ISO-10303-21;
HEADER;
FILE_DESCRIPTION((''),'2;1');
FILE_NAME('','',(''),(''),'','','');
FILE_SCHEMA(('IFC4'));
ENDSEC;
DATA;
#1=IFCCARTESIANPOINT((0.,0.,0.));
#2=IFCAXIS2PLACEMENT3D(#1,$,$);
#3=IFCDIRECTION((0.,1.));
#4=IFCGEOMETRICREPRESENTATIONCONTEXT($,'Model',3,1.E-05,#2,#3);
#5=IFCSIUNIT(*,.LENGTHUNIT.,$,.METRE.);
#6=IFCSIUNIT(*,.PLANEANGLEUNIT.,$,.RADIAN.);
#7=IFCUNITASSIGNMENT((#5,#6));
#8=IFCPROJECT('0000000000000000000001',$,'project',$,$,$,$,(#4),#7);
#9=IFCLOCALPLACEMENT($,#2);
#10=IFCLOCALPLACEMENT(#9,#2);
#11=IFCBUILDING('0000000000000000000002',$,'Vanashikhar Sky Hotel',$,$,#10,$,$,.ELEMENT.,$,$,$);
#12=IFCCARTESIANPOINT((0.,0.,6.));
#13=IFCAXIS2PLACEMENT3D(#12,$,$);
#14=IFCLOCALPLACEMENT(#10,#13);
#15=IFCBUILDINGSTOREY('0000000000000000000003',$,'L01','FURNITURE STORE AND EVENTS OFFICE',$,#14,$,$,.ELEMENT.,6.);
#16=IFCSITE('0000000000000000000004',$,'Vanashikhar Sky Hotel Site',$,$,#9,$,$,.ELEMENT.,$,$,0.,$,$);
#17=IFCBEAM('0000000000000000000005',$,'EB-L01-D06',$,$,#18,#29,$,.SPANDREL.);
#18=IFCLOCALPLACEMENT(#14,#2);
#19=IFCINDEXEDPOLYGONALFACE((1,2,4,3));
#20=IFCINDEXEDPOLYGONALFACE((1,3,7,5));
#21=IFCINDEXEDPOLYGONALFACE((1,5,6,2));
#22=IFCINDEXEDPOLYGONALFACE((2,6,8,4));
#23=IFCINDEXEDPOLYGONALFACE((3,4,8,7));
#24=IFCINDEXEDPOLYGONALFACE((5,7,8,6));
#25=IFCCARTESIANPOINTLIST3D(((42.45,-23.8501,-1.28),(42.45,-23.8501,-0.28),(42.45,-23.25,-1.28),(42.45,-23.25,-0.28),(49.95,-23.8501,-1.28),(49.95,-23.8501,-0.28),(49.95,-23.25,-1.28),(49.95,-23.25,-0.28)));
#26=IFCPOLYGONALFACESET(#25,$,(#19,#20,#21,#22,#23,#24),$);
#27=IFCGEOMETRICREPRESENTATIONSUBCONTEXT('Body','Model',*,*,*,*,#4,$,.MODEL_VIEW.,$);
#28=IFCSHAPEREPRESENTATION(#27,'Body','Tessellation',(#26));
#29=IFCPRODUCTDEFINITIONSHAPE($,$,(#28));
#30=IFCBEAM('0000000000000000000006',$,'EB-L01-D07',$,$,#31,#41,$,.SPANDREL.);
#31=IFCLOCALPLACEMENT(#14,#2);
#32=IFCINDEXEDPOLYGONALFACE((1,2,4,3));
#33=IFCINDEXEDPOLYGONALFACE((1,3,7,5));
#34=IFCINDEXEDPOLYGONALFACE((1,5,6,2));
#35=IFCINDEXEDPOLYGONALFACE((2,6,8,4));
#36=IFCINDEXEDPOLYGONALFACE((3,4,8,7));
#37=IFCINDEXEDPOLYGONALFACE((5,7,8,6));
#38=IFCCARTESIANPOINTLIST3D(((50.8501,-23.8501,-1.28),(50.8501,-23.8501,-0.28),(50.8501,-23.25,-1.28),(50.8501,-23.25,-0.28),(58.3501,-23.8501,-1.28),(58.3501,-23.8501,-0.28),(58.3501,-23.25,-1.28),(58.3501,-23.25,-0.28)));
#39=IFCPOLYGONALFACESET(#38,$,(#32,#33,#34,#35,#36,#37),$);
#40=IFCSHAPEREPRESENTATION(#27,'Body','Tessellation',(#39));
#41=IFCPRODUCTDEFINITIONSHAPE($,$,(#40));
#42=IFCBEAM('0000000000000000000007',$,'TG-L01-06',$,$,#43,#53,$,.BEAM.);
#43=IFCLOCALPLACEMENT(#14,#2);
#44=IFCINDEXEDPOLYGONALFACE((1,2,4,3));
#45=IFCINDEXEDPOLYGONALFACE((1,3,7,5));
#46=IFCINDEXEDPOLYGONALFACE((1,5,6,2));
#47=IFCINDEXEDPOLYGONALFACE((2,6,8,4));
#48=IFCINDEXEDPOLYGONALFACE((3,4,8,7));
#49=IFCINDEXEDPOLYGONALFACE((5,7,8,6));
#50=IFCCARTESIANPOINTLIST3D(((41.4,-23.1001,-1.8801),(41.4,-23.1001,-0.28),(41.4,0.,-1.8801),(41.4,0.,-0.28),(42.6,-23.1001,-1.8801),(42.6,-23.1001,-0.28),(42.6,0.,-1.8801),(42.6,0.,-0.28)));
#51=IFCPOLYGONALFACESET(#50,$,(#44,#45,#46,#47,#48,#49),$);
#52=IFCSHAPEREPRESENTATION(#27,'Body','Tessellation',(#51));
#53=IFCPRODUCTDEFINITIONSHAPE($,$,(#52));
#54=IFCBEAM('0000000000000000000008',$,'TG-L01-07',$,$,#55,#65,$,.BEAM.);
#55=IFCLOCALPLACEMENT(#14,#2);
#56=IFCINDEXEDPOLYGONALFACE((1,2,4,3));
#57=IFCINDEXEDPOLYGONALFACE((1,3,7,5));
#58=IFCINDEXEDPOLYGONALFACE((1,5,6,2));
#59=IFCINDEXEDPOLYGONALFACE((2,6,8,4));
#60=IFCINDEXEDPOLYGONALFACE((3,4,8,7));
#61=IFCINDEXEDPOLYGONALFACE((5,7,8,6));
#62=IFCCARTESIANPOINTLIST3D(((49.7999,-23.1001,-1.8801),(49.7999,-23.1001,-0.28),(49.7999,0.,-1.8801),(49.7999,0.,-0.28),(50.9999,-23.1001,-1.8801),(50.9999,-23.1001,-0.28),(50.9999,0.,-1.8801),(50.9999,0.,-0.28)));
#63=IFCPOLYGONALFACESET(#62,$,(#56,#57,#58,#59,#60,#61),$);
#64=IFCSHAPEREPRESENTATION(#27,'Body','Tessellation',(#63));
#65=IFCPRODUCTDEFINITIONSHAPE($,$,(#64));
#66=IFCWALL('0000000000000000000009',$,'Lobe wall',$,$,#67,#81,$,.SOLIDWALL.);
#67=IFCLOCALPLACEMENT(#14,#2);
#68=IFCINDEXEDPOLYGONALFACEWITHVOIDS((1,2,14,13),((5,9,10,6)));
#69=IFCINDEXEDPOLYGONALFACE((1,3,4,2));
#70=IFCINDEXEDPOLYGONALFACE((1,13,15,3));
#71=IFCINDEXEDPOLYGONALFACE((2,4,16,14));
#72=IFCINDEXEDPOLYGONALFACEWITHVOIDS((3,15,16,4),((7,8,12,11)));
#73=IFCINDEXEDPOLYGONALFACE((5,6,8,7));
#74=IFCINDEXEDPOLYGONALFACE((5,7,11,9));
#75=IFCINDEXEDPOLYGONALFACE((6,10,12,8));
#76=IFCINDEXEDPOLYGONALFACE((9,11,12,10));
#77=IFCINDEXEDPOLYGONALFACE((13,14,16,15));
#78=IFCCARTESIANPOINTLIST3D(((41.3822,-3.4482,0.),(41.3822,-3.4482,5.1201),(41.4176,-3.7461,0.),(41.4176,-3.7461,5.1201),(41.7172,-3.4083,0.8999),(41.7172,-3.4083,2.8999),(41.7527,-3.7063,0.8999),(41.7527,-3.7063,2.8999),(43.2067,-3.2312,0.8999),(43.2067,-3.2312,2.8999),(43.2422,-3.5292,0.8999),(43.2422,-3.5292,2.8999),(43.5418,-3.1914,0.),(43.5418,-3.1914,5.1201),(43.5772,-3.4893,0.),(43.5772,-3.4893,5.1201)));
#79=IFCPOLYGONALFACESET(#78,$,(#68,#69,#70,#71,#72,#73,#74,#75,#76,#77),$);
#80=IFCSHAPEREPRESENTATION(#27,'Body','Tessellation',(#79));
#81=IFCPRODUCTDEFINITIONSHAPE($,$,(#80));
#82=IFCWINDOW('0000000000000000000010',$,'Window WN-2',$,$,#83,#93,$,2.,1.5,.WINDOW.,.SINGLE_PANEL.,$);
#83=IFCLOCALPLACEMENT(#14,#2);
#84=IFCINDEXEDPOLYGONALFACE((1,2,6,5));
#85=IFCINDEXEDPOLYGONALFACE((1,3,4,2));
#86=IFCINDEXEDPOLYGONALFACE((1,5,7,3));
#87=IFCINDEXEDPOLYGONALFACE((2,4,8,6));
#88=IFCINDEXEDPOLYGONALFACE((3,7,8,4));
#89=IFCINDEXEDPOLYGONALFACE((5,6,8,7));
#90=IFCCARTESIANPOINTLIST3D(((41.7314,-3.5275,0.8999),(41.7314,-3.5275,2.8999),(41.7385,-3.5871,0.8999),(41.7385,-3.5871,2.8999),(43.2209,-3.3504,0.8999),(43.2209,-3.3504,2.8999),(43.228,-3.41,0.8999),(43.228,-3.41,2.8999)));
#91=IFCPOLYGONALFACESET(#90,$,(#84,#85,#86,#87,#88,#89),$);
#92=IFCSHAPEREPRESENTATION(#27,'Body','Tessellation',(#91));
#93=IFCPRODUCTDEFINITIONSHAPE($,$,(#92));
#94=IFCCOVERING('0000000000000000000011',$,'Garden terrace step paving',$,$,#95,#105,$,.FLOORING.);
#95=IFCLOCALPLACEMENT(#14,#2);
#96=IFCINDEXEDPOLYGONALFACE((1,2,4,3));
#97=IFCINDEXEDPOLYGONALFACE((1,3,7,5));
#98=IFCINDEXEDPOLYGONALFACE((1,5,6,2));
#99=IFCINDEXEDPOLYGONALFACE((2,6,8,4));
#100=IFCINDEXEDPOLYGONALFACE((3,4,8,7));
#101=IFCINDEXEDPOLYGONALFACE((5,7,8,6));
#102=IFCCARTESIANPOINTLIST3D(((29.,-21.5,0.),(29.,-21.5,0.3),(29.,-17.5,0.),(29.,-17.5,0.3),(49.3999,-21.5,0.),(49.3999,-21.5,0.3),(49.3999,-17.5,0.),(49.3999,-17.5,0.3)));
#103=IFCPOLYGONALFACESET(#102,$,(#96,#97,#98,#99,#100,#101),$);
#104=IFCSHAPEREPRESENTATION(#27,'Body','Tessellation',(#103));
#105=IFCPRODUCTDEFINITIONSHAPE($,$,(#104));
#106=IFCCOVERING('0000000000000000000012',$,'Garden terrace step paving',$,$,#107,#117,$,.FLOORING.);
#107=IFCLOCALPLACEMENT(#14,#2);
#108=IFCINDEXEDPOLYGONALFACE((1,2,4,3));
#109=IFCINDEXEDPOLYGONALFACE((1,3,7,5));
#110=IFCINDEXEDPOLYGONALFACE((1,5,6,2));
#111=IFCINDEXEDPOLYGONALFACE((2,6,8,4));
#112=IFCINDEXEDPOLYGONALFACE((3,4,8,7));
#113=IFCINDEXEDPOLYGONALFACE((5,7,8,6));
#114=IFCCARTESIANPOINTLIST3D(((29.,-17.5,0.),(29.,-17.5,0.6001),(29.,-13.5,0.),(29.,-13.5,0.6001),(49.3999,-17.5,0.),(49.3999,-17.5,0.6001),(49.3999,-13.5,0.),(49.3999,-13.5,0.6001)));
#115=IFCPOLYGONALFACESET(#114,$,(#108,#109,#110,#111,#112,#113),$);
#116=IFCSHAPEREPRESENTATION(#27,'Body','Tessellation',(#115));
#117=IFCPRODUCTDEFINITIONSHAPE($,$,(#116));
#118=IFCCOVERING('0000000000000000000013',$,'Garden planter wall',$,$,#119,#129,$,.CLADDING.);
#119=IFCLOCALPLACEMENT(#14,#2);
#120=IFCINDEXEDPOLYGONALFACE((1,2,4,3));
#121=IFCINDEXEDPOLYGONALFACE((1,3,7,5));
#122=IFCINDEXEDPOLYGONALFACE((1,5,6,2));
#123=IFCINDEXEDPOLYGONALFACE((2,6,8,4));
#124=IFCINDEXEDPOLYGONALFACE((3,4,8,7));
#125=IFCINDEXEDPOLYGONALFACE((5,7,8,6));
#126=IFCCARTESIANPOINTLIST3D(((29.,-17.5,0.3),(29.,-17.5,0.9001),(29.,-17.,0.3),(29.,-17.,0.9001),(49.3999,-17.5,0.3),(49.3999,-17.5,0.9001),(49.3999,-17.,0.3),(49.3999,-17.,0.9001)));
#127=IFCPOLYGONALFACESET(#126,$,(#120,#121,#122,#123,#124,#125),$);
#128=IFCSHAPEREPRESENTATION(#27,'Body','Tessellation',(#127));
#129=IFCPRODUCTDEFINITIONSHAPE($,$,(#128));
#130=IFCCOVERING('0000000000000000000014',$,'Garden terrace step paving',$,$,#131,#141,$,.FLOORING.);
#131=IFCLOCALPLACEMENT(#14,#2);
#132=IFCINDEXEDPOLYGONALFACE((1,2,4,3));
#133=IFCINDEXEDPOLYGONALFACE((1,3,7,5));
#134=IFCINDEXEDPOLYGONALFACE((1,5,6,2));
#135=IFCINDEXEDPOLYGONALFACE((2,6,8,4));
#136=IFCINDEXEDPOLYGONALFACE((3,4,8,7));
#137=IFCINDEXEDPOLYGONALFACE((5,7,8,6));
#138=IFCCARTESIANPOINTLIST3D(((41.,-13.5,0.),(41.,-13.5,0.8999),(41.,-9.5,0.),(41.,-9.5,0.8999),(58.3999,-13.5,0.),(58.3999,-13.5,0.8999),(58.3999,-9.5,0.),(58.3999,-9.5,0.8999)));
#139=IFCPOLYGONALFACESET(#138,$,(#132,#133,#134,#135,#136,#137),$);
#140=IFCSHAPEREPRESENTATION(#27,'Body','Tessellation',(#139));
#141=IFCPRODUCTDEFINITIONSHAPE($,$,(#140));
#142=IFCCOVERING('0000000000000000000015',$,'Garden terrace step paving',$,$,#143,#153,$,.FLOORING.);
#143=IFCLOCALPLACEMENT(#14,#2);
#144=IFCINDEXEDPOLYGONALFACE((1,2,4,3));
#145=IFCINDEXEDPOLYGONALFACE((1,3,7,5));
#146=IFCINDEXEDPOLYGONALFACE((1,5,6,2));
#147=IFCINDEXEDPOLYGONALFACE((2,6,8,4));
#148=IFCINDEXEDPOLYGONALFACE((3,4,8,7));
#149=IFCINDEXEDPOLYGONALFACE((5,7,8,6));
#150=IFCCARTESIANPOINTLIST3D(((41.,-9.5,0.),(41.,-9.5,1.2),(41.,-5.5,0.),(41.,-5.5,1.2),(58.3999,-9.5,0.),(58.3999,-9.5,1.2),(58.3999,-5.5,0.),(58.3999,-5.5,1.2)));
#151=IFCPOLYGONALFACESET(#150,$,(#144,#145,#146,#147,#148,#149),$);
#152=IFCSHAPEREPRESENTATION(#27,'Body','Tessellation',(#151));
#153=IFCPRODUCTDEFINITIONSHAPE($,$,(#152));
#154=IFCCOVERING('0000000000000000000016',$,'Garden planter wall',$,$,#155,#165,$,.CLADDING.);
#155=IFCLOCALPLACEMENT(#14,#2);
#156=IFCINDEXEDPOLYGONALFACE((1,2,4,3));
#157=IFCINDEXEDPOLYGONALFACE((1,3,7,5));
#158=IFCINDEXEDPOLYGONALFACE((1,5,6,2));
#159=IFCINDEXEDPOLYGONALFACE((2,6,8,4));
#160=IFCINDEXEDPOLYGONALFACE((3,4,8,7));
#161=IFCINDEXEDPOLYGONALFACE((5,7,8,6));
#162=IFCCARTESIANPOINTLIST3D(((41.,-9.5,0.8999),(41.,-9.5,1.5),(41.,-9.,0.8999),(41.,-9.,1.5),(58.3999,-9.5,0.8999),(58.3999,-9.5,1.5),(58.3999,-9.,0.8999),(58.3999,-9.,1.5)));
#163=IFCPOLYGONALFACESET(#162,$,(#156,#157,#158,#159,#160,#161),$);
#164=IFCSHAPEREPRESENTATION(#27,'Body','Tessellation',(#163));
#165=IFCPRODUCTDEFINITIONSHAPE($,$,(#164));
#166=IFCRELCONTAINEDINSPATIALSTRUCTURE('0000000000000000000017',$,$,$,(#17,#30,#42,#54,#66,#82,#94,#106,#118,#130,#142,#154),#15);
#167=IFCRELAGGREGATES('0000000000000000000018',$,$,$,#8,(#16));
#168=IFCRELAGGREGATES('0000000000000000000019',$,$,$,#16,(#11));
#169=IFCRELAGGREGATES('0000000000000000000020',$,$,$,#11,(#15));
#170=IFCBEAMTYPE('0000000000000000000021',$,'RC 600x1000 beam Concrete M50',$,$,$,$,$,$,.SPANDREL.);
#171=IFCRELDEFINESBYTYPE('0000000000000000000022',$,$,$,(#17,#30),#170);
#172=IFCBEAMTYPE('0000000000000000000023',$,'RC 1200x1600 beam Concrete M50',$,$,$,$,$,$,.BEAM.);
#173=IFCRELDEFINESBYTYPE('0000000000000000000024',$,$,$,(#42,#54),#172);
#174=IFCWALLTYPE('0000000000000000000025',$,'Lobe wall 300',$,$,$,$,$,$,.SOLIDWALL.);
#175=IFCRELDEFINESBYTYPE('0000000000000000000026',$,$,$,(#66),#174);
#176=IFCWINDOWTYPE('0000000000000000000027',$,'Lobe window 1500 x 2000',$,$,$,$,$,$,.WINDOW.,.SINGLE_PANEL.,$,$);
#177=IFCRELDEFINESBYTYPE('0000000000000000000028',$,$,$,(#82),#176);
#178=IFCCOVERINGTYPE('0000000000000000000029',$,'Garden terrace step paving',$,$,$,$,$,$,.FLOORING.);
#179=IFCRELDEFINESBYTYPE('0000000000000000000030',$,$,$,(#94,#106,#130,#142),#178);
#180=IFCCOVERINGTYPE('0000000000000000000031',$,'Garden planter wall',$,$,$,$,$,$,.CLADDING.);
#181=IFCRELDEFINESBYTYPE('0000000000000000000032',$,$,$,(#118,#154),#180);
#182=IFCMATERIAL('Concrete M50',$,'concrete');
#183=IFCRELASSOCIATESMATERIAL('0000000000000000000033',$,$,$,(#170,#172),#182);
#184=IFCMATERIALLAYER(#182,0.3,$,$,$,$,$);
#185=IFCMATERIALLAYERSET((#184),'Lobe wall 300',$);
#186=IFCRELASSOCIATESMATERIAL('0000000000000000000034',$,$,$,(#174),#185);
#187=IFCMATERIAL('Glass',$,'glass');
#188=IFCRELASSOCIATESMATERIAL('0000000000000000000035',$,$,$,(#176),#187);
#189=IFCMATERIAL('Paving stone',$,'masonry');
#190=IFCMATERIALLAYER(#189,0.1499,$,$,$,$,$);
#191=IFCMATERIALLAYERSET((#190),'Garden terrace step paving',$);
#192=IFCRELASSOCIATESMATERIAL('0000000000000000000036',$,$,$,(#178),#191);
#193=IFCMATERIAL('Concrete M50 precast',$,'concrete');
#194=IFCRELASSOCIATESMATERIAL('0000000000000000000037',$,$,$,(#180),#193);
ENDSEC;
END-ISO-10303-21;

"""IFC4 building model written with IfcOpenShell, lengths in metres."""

from ifc_helpers import new_model, si_unit, direction, frame, frame_2d, origin, origin_2d, place, context, subcontext, project, spatial, rectangle, extrude, source, transform, mapped, material, layer, layer_set, material_profile, profile_set, type_object, element, fill, save


model = new_model("IFC4")

# Units and contexts
model_context = context("Model", 3, precision=1e-05, world=origin(), true_north=direction((0.0, 1.0)))
body_context = subcontext(model_context, "Body", "Model", "MODEL_VIEW")
ifc_project = project(units=[si_unit("LENGTHUNIT", "METRE"), si_unit("PLANEANGLEUNIT", "RADIAN")], contexts=[model_context])

# Site, building, storey
site_placement = place(None, origin())
site = spatial("IfcSite", under=ifc_project, at=site_placement, Name="Vanashikhar Sky Hotel Site", CompositionType="ELEMENT", RefElevation=0.0)
building_placement = place(site_placement, origin())
building = spatial("IfcBuilding", under=site, at=building_placement, Name="Vanashikhar Sky Hotel", CompositionType="ELEMENT")
storey_placement = place(building_placement, frame((0.0, 0.0, 6.0)))
storey = spatial("IfcBuildingStorey", under=building, at=storey_placement, Name="L01", Description="FURNITURE STORE AND EVENTS OFFICE", CompositionType="ELEMENT", Elevation=6.0)

# Beams
ifc_material_1 = material(Name="Concrete M50", Category="concrete")
ifc_material_profile_1 = material_profile(ifc_material_1, rectangle(XDim=0.6001, YDim=1.0, at=origin_2d()))
ifc_profile_set_1 = profile_set([ifc_material_profile_1], Name="RC 600x1000 beam Concrete M50")
beam_type_1 = type_object("IfcBeamType", Name="RC 600x1000 beam Concrete M50", PredefinedType="SPANDREL", material=ifc_profile_set_1)
shared_shape_1 = source(origin(), body_context, "Body", "SweptSolid", [
    extrude(rectangle(XDim=0.6001, YDim=1.0, at=origin_2d()), origin(), (0.0, 0.0, 1.0), 7.5),
])
for number, where, z_axis, x_axis, name in (
    (1, (42.45, -23.55, -0.78), (1.0, 0.0, 0.0), (0.0, 1.0, 0.0), "EB-L01-D06"),
    (2, (50.8501, -23.55, -0.78), (1.0, 0.0, 0.0), (0.0, 1.0, 0.0), "EB-L01-D07"),
):
    element("IfcBeam", number, at=place(storey_placement, frame(where, z_axis=z_axis, x_axis=x_axis)), inside=storey, type_object=beam_type_1, Name=name, PredefinedType="SPANDREL", context=body_context, shape_type="MappedRepresentation", body=[
        mapped(shared_shape_1, transform((0.0, 0.0, 0.0), scale=1.0)),
    ])
ifc_material_profile_2 = material_profile(ifc_material_1, rectangle(XDim=1.2, YDim=1.6001, at=origin_2d()))
ifc_profile_set_2 = profile_set([ifc_material_profile_2], Name="RC 1200x1600 beam Concrete M50")
beam_type_2 = type_object("IfcBeamType", Name="RC 1200x1600 beam Concrete M50", PredefinedType="BEAM", material=ifc_profile_set_2)
shared_shape_2 = source(origin(), body_context, "Body", "SweptSolid", [
    extrude(rectangle(XDim=1.2, YDim=1.6001, at=origin_2d()), origin(), (0.0, 0.0, 1.0), 23.1001),
])
for number, where, z_axis, x_axis, name in (
    (3, (42.0, -23.1001, -1.0801), (0.0, 1.0, 0.0), (-1.0, 0.0, 0.0), "TG-L01-06"),
    (4, (50.3999, -23.1001, -1.0801), (0.0, 1.0, 0.0), (-1.0, 0.0, 0.0), "TG-L01-07"),
):
    element("IfcBeam", number, at=place(storey_placement, frame(where, z_axis=z_axis, x_axis=x_axis)), inside=storey, type_object=beam_type_2, Name=name, PredefinedType="BEAM", context=body_context, shape_type="MappedRepresentation", body=[
        mapped(shared_shape_2, transform((0.0, 0.0, 0.0), scale=1.0)),
    ])

# Wall, opening, window
ifc_layer_1 = layer(ifc_material_1, 0.3)
ifc_layer_set_1 = layer_set([ifc_layer_1], Name="Lobe wall 300")
wall_type = type_object("IfcWallType", Name="Lobe wall 300", PredefinedType="SOLIDWALL", material=ifc_layer_set_1)
shared_shape_3 = source(origin(), body_context, "Body", "SweptSolid", [
    extrude(rectangle(XDim=2.1748, YDim=0.3, at=frame_2d((1.0874, 0.0))), origin(), (0.0, 0.0, 1.0), 5.1201),
])
wall_placement = place(storey_placement, frame((41.3999, -3.5972, 0.0), z_axis=(0.0, 0.0, 1.0), x_axis=(0.993003, 0.118092, 0.0)))
wall = element("IfcWall", 5, at=wall_placement, inside=storey, type_object=wall_type, Name="Lobe wall", PredefinedType="SOLIDWALL", context=body_context, shape_type="MappedRepresentation", body=[
    mapped(shared_shape_3, transform((0.0, 0.0, 0.0), scale=1.0)),
])
shared_shape_4 = source(origin(), body_context, "Body", "SweptSolid", [
    extrude(rectangle(XDim=1.5, YDim=2.0, at=frame_2d((0.75, 1.0))), frame((0.0, 0.1602, 0.0), z_axis=(0.0, -1.0, 0.0), x_axis=(1.0, 0.0, 0.0)), (0.0, 0.0, 1.0), 0.3201),
])
opening_placement = place(wall_placement, frame((0.3374, 0.0, 0.8999)))
opening = element("IfcOpeningElement", 6, at=opening_placement, cuts=wall, PredefinedType="OPENING", context=body_context, shape_type="MappedRepresentation", body=[
    mapped(shared_shape_4, transform((0.0, 0.0, 0.0), scale=1.0)),
])
ifc_material_2 = material(Name="Glass", Category="glass")
window_type = type_object("IfcWindowType", Name="Lobe window 1500 x 2000", PartitioningType="SINGLE_PANEL", PredefinedType="WINDOW", material=ifc_material_2)
shared_shape_5 = source(origin(), body_context, "Body", "SweptSolid", [
    extrude(rectangle(XDim=1.5, YDim=2.0, at=frame_2d((0.75, 1.0))), frame((0.0, 0.03, 0.0), z_axis=(0.0, -1.0, 0.0), x_axis=(1.0, 0.0, 0.0)), (0.0, 0.0, 1.0), 0.0601),
])
window_placement = place(opening_placement, origin())
window = element("IfcWindow", 7, at=window_placement, inside=storey, type_object=window_type, Name="Window WN-2", OverallHeight=2.0, OverallWidth=1.5, PartitioningType="SINGLE_PANEL", PredefinedType="WINDOW", context=body_context, shape_type="MappedRepresentation", body=[
    mapped(shared_shape_5, transform((0.0, 0.0, 0.0), scale=1.0)),
])
fill(opening, window)

# Coverings
ifc_material_3 = material(Name="Paving stone", Category="masonry")
ifc_layer_2 = layer(ifc_material_3, 0.1499)
ifc_layer_set_2 = layer_set([ifc_layer_2], Name="Garden terrace step paving")
covering_type_1 = type_object("IfcCoveringType", Name="Garden terrace step paving", PredefinedType="FLOORING", material=ifc_layer_set_2)
shared_shape_6 = source(origin(), body_context, "Body", "SweptSolid", [
    extrude(rectangle(XDim=20.3999, YDim=4.0, at=origin_2d()), origin(), (0.0, 0.0, 1.0), 0.3),
])
covering_1_placement = place(storey_placement, frame((39.2, -19.5, 0.0), z_axis=(0.0, 0.0, 1.0), x_axis=(1.0, 0.0, 0.0)))
element("IfcCovering", 8, at=covering_1_placement, inside=storey, type_object=covering_type_1, Name="Garden terrace step paving", PredefinedType="FLOORING", context=body_context, shape_type="MappedRepresentation", body=[
    mapped(shared_shape_6, transform((0.0, 0.0, 0.0), scale=1.0)),
])
shared_shape_7 = source(origin(), body_context, "Body", "SweptSolid", [
    extrude(rectangle(XDim=20.3999, YDim=4.0, at=origin_2d()), origin(), (0.0, 0.0, 1.0), 0.6001),
])
covering_2_placement = place(storey_placement, frame((39.2, -15.5, 0.0), z_axis=(0.0, 0.0, 1.0), x_axis=(1.0, 0.0, 0.0)))
element("IfcCovering", 9, at=covering_2_placement, inside=storey, type_object=covering_type_1, Name="Garden terrace step paving", PredefinedType="FLOORING", context=body_context, shape_type="MappedRepresentation", body=[
    mapped(shared_shape_7, transform((0.0, 0.0, 0.0), scale=1.0)),
])
ifc_material_4 = material(Name="Concrete M50 precast", Category="concrete")
covering_type_2 = type_object("IfcCoveringType", Name="Garden planter wall", PredefinedType="CLADDING", material=ifc_material_4)
shared_shape_8 = source(origin(), body_context, "Body", "SweptSolid", [
    extrude(rectangle(XDim=20.3999, YDim=0.5, at=origin_2d()), origin(), (0.0, 0.0, 1.0), 0.6001),
])
covering_3_placement = place(storey_placement, frame((39.2, -17.25, 0.3), z_axis=(0.0, 0.0, 1.0), x_axis=(1.0, 0.0, 0.0)))
element("IfcCovering", 10, at=covering_3_placement, inside=storey, type_object=covering_type_2, Name="Garden planter wall", PredefinedType="CLADDING", context=body_context, shape_type="MappedRepresentation", body=[
    mapped(shared_shape_8, transform((0.0, 0.0, 0.0), scale=1.0)),
])
shared_shape_9 = source(origin(), body_context, "Body", "SweptSolid", [
    extrude(rectangle(XDim=17.3999, YDim=4.0, at=origin_2d()), origin(), (0.0, 0.0, 1.0), 0.8999),
])
covering_4_placement = place(storey_placement, frame((49.7, -11.5, 0.0), z_axis=(0.0, 0.0, 1.0), x_axis=(1.0, 0.0, 0.0)))
element("IfcCovering", 11, at=covering_4_placement, inside=storey, type_object=covering_type_1, Name="Garden terrace step paving", PredefinedType="FLOORING", context=body_context, shape_type="MappedRepresentation", body=[
    mapped(shared_shape_9, transform((0.0, 0.0, 0.0), scale=1.0)),
])
shared_shape_10 = source(origin(), body_context, "Body", "SweptSolid", [
    extrude(rectangle(XDim=17.3999, YDim=4.0, at=origin_2d()), origin(), (0.0, 0.0, 1.0), 1.2),
])
covering_5_placement = place(storey_placement, frame((49.7, -7.5, 0.0), z_axis=(0.0, 0.0, 1.0), x_axis=(1.0, 0.0, 0.0)))
element("IfcCovering", 12, at=covering_5_placement, inside=storey, type_object=covering_type_1, Name="Garden terrace step paving", PredefinedType="FLOORING", context=body_context, shape_type="MappedRepresentation", body=[
    mapped(shared_shape_10, transform((0.0, 0.0, 0.0), scale=1.0)),
])
shared_shape_11 = source(origin(), body_context, "Body", "SweptSolid", [
    extrude(rectangle(XDim=17.3999, YDim=0.5, at=origin_2d()), origin(), (0.0, 0.0, 1.0), 0.6001),
])
covering_6_placement = place(storey_placement, frame((49.7, -9.25, 0.8999), z_axis=(0.0, 0.0, 1.0), x_axis=(1.0, 0.0, 0.0)))
element("IfcCovering", 13, at=covering_6_placement, inside=storey, type_object=covering_type_2, Name="Garden planter wall", PredefinedType="CLADDING", context=body_context, shape_type="MappedRepresentation", body=[
    mapped(shared_shape_11, transform((0.0, 0.0, 0.0), scale=1.0)),
])

save(model, "model.ifc")
